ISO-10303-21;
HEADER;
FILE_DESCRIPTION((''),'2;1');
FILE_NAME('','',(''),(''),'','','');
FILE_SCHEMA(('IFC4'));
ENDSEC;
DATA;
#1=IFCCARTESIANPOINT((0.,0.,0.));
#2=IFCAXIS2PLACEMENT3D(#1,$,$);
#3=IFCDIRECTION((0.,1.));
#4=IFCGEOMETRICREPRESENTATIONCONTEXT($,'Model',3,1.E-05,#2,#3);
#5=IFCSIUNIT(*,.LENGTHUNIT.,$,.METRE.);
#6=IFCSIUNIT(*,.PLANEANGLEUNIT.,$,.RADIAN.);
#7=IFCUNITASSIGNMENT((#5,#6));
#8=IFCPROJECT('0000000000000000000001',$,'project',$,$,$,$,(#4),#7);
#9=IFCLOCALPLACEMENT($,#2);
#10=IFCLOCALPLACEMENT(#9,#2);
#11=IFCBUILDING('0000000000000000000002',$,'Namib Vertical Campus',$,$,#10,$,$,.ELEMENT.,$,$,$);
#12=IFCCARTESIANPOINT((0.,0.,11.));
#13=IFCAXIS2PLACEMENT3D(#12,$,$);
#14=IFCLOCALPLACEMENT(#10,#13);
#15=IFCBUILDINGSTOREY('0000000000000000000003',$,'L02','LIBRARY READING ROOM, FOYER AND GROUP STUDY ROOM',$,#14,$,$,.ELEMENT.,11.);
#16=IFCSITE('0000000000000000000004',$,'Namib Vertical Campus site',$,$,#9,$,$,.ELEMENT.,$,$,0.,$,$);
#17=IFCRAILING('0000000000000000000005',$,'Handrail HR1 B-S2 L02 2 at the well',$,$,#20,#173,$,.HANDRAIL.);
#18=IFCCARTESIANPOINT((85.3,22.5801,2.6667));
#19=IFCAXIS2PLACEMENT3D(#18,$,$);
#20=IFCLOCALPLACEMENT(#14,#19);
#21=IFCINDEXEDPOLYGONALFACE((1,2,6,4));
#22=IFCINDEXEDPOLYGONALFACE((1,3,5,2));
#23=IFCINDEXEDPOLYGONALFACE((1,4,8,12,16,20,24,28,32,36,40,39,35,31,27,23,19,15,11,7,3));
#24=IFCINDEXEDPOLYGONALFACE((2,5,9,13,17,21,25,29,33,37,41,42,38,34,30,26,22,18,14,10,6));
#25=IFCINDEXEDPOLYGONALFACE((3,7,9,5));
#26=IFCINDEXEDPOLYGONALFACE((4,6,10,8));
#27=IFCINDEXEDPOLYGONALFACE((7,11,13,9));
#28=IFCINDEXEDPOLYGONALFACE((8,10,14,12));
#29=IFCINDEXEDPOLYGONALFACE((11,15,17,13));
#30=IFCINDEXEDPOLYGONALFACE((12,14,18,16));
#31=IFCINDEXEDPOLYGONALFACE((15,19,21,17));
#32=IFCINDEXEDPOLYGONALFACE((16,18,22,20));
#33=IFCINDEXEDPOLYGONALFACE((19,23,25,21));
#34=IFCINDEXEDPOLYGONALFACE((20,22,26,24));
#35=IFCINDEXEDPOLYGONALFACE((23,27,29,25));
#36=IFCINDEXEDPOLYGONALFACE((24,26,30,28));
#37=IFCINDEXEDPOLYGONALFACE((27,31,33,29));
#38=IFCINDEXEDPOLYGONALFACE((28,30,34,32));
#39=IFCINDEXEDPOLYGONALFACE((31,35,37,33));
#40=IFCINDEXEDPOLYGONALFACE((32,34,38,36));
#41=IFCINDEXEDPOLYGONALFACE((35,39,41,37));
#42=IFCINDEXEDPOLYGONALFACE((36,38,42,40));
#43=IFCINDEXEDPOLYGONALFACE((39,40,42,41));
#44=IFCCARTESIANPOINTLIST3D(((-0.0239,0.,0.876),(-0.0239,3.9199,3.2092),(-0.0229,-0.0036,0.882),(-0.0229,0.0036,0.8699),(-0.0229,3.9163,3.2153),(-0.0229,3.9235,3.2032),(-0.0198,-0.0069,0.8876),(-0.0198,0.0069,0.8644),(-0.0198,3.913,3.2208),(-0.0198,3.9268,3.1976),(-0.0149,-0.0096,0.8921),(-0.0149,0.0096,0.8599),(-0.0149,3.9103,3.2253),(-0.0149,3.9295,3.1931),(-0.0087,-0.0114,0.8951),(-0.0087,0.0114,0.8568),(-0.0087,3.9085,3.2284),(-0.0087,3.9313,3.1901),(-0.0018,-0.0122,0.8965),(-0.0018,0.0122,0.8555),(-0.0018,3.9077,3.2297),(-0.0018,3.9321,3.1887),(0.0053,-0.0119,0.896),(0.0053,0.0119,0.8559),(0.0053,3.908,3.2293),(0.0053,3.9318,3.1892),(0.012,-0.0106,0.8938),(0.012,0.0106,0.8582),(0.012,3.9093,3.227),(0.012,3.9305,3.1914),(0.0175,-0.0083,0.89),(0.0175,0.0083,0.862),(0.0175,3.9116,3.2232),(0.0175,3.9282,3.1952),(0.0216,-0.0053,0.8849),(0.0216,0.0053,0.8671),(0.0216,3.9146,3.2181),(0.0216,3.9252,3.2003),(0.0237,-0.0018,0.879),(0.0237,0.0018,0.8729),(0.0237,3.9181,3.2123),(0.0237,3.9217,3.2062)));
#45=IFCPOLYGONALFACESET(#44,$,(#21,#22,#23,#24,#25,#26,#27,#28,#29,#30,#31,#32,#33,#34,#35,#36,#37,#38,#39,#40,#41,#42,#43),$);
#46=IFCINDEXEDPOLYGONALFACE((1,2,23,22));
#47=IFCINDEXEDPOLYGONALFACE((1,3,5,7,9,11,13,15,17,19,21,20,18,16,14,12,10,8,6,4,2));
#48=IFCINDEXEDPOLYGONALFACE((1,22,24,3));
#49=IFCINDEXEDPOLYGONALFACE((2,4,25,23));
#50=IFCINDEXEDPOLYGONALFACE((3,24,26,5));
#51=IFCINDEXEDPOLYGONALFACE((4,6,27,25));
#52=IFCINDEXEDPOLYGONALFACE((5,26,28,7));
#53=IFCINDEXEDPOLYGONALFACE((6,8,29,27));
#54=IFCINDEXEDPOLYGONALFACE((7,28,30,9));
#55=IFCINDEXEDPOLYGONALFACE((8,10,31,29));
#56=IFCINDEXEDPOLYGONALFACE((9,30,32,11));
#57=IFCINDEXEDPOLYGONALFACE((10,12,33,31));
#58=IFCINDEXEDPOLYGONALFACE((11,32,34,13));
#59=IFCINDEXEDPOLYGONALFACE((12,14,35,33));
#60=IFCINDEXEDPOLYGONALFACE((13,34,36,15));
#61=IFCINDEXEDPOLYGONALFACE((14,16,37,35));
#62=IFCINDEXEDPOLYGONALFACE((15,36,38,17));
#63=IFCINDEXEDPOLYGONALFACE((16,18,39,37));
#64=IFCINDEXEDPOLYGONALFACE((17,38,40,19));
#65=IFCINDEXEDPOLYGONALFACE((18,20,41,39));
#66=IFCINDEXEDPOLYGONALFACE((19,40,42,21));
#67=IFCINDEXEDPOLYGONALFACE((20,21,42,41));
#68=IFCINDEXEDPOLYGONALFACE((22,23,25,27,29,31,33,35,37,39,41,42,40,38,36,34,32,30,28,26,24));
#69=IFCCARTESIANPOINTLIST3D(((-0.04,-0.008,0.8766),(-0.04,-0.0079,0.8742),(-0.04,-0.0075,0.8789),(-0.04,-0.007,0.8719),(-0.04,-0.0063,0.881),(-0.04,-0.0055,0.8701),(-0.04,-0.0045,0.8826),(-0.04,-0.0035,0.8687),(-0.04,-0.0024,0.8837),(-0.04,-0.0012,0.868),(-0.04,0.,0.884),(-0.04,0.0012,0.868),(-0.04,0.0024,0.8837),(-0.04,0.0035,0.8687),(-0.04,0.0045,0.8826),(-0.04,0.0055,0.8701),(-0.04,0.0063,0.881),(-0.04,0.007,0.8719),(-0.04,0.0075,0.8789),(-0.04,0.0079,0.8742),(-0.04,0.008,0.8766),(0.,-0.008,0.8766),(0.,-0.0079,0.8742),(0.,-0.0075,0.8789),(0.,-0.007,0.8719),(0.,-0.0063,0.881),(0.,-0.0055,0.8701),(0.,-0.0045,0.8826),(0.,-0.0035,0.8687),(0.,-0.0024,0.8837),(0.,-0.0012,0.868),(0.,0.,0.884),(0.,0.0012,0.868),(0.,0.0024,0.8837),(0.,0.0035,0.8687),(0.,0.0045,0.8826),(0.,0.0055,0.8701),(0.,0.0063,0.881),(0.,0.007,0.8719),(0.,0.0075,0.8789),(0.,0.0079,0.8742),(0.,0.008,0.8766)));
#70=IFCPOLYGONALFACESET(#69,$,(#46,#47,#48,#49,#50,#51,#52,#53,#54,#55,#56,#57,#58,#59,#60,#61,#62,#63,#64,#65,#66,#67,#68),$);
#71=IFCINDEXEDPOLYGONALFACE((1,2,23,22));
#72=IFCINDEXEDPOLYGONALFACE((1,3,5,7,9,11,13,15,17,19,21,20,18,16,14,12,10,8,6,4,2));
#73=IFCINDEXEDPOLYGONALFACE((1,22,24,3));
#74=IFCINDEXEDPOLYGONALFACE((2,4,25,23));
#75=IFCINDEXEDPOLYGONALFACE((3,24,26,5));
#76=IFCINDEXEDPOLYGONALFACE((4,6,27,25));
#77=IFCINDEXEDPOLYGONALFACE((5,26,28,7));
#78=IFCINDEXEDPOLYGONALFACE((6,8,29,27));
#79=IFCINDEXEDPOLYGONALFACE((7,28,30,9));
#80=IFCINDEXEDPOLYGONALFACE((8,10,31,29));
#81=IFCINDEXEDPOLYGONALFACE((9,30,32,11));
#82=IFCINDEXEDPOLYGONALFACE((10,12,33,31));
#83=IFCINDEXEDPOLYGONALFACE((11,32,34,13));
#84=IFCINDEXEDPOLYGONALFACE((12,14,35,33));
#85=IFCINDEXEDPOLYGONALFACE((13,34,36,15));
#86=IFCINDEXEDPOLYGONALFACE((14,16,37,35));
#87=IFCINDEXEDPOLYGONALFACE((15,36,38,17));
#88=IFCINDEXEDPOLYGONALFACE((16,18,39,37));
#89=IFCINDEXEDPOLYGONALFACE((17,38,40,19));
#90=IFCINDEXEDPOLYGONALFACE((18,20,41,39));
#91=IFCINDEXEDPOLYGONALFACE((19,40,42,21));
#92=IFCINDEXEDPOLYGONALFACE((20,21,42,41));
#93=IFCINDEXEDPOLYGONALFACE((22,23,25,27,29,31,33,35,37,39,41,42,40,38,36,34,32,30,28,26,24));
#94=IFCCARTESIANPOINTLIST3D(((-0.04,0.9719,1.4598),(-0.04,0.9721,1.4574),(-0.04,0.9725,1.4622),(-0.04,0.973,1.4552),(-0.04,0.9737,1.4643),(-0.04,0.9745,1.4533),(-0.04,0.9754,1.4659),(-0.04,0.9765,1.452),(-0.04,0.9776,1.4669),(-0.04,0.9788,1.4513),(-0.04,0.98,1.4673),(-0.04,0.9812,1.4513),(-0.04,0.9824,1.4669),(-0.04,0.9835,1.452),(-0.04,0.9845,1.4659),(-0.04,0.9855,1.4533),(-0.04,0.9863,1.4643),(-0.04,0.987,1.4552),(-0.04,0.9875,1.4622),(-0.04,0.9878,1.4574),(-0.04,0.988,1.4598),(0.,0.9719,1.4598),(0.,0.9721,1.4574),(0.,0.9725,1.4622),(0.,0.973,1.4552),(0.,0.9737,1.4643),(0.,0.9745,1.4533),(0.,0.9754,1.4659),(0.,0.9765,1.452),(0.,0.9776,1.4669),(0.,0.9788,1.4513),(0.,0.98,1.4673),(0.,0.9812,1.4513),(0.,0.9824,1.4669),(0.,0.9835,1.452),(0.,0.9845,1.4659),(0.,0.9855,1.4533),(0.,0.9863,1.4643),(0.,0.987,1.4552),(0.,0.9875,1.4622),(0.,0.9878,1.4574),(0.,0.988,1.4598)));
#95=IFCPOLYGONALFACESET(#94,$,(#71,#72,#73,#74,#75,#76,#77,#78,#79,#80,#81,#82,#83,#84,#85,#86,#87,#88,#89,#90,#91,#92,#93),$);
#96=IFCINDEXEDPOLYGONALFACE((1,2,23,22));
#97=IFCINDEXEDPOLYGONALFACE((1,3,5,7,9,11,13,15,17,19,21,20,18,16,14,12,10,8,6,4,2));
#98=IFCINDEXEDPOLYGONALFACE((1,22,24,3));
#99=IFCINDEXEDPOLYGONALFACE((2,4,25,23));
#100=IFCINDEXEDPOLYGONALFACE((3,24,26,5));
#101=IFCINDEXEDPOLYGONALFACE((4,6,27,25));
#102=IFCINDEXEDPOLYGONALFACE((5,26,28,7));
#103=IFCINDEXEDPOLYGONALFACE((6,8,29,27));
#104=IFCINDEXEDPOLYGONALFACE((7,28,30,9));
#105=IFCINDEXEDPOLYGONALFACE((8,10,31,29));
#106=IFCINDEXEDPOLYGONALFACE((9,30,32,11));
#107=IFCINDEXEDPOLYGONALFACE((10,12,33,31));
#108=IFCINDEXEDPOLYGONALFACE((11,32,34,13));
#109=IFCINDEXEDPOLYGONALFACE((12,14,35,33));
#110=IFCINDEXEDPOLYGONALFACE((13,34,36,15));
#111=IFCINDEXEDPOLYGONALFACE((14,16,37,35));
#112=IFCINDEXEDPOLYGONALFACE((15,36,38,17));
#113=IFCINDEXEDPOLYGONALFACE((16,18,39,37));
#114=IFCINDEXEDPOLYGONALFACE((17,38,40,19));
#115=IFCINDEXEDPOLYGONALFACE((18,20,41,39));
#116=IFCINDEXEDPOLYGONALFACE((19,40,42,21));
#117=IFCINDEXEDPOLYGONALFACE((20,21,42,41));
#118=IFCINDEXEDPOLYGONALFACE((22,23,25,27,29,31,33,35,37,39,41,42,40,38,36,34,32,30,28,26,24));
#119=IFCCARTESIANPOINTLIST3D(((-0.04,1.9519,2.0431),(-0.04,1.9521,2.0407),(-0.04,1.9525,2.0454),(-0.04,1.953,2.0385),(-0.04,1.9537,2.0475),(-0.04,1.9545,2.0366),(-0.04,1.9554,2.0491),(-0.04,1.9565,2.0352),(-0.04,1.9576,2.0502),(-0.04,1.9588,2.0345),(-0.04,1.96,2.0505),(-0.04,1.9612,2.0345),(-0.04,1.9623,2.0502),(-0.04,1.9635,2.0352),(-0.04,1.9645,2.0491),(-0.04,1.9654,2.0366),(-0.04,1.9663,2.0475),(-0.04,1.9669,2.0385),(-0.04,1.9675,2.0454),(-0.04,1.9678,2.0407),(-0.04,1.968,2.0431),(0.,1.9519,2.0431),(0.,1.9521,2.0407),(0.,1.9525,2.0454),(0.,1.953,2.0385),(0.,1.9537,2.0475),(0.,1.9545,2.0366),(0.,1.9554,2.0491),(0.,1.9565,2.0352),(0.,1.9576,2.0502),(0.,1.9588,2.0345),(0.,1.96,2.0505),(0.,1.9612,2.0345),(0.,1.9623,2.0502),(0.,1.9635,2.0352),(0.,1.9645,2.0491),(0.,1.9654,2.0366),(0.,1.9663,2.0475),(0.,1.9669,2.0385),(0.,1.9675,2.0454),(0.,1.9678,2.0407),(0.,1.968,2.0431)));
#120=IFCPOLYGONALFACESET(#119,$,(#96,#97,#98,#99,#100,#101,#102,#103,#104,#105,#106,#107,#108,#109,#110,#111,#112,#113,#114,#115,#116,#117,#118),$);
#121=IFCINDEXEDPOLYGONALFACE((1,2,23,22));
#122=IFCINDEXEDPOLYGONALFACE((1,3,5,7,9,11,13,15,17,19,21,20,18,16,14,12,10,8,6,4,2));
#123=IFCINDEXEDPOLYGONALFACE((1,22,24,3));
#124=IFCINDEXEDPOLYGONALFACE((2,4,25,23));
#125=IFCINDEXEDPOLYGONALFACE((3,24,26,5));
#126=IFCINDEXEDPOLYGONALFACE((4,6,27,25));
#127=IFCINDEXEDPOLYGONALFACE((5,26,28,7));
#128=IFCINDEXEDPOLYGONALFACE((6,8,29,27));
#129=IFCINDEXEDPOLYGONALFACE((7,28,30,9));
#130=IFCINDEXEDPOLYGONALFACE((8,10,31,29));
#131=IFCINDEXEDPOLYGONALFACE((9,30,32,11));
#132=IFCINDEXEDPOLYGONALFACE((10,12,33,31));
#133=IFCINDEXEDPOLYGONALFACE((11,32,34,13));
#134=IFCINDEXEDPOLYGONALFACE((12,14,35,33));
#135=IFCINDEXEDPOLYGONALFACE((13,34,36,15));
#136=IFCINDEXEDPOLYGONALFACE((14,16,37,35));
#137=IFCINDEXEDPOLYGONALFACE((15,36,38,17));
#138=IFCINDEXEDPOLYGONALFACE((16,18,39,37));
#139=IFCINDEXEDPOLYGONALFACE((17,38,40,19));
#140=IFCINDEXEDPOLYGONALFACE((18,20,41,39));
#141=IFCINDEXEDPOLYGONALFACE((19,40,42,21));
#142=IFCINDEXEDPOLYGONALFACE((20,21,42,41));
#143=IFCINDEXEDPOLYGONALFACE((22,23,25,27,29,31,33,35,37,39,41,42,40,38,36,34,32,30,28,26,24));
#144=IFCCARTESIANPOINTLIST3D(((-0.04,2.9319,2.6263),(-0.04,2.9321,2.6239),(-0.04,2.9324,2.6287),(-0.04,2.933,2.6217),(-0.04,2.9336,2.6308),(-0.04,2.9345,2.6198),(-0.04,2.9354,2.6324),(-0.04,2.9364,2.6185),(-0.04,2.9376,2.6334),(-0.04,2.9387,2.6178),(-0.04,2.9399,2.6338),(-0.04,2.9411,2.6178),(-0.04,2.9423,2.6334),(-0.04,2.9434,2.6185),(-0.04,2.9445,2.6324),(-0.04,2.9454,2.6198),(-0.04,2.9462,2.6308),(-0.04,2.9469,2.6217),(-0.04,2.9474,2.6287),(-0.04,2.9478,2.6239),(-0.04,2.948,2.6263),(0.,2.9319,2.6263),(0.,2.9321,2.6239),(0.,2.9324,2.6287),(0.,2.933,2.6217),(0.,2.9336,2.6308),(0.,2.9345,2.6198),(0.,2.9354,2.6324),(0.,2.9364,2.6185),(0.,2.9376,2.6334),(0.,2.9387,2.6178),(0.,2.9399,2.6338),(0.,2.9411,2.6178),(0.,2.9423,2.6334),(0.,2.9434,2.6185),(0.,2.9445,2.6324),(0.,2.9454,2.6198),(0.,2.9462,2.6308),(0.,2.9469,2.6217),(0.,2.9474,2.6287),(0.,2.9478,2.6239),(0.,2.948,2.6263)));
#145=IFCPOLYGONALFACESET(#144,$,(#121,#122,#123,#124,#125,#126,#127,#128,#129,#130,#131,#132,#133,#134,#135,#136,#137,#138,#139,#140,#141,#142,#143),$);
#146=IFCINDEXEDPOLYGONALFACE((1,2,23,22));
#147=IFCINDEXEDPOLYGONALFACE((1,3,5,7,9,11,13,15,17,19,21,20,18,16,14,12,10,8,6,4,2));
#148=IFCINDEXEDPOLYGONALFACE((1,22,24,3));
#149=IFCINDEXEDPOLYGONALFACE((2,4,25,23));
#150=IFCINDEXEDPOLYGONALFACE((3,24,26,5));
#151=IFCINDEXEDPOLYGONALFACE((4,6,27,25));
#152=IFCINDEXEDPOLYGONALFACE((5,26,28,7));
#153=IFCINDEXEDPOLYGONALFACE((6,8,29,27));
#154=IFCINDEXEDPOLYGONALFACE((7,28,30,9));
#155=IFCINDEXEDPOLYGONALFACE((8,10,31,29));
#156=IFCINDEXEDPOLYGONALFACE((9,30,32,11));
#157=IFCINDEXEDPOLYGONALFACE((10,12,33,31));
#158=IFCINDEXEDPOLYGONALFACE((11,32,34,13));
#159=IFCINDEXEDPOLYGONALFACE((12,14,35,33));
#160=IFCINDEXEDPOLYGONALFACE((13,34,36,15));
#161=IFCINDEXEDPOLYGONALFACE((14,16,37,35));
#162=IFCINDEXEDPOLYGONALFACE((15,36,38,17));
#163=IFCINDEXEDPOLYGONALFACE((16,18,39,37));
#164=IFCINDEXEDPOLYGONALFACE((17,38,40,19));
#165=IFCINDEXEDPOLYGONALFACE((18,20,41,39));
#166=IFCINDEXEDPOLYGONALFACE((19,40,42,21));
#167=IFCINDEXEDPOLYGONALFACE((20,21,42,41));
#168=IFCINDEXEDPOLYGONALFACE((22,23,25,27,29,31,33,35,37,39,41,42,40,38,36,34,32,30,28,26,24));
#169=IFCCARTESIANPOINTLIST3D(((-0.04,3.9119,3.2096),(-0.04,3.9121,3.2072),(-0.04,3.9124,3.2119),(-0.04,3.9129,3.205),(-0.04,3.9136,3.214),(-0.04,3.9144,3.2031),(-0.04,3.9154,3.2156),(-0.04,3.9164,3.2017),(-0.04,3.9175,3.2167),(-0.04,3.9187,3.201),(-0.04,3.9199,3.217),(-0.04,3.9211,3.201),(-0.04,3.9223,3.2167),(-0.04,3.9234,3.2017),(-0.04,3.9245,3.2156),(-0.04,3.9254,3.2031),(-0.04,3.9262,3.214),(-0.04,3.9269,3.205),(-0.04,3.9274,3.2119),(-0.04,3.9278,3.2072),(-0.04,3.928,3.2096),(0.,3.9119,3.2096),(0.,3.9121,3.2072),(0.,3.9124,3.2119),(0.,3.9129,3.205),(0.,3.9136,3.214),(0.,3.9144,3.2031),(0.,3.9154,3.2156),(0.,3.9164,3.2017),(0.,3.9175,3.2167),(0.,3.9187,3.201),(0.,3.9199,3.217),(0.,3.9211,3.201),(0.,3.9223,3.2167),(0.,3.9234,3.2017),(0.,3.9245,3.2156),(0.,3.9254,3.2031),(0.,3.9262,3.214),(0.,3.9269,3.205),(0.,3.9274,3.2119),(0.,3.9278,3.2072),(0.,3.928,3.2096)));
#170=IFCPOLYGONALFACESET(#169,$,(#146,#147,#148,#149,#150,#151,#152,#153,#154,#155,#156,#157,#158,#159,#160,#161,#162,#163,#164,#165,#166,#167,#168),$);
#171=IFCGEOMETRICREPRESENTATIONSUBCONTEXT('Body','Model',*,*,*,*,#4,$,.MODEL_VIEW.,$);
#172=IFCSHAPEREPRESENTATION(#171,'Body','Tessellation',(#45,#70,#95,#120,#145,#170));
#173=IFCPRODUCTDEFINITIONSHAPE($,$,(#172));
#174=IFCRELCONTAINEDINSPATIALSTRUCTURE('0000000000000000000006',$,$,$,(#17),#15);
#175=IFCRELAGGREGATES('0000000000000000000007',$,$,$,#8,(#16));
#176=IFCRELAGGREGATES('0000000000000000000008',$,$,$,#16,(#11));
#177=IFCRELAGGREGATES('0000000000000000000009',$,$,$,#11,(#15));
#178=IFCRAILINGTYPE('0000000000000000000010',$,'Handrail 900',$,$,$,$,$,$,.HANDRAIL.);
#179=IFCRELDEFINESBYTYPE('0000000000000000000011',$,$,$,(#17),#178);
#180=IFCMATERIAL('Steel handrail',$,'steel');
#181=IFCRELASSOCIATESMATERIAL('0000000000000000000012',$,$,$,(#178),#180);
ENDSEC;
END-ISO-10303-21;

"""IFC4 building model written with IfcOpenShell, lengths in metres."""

from ifc_helpers import new_model, si_unit, direction, frame, origin, origin_2d, place, context, subcontext, project, spatial, circle, extrude, material, type_object, element, save


model = new_model("IFC4")

# Units and contexts
model_context = context("Model", 3, precision=1e-05, world=origin(), true_north=direction((0.0, 1.0)))
body_context = subcontext(model_context, "Body", "Model", "MODEL_VIEW")
ifc_project = project(units=[si_unit("LENGTHUNIT", "METRE"), si_unit("PLANEANGLEUNIT", "RADIAN")], contexts=[model_context])

# Site, building, storey
site_placement = place(None, origin())
site = spatial("IfcSite", under=ifc_project, at=site_placement, Name="Namib Vertical Campus site", CompositionType="ELEMENT", RefElevation=0.0)
building_placement = place(site_placement, origin())
building = spatial("IfcBuilding", under=site, at=building_placement, Name="Namib Vertical Campus", CompositionType="ELEMENT")
storey_placement = place(building_placement, frame((0.0, 0.0, 11.0)))
storey = spatial("IfcBuildingStorey", under=building, at=storey_placement, Name="L02", Description="LIBRARY READING ROOM, FOYER AND GROUP STUDY ROOM", CompositionType="ELEMENT", Elevation=11.0)

# Railing
ifc_material_1 = material(Name="Steel handrail", Category="steel")
railing_type_1 = type_object("IfcRailingType", Name="Handrail 900", PredefinedType="HANDRAIL", material=ifc_material_1)
railing_1_placement = place(storey_placement, frame((85.3, 22.5801, 2.6667)))
element("IfcRailing", 1, at=railing_1_placement, inside=storey, type_object=railing_type_1, Name="Handrail HR1 B-S2 L02 2 at the well", PredefinedType="HANDRAIL", context=body_context, shape_type="SweptSolid", body=[
    extrude(circle(Radius=0.0239, at=origin_2d()), frame((0.0, 0.0, 0.876), z_axis=(0.0, 0.859296, 0.511478), x_axis=(-1.0, 0.0, 0.0)), (0.0, 0.0, 1.0), 4.5618),
    extrude(circle(Radius=0.0081, at=origin_2d()), frame((0.0, 0.0, 0.876), z_axis=(-1.0, 0.0, 0.0), x_axis=(0.0, 0.0, 1.0)), (0.0, 0.0, 1.0), 0.04),
    extrude(circle(Radius=0.0081, at=origin_2d()), frame((0.0, 0.98, 1.4592), z_axis=(-1.0, 0.0, 0.0), x_axis=(0.0, 0.0, 1.0)), (0.0, 0.0, 1.0), 0.04),
    extrude(circle(Radius=0.0081, at=origin_2d()), frame((0.0, 1.96, 2.0425), z_axis=(-1.0, 0.0, 0.0), x_axis=(0.0, 0.0, 1.0)), (0.0, 0.0, 1.0), 0.04),
    extrude(circle(Radius=0.0081, at=origin_2d()), frame((0.0, 2.9399, 2.6257), z_axis=(-1.0, 0.0, 0.0), x_axis=(0.0, 0.0, 1.0)), (0.0, 0.0, 1.0), 0.04),
    extrude(circle(Radius=0.0081, at=origin_2d()), frame((0.0, 3.9199, 3.209), z_axis=(-1.0, 0.0, 0.0), x_axis=(0.0, 0.0, 1.0)), (0.0, 0.0, 1.0), 0.04),
])

save(model, "model.ifc")
